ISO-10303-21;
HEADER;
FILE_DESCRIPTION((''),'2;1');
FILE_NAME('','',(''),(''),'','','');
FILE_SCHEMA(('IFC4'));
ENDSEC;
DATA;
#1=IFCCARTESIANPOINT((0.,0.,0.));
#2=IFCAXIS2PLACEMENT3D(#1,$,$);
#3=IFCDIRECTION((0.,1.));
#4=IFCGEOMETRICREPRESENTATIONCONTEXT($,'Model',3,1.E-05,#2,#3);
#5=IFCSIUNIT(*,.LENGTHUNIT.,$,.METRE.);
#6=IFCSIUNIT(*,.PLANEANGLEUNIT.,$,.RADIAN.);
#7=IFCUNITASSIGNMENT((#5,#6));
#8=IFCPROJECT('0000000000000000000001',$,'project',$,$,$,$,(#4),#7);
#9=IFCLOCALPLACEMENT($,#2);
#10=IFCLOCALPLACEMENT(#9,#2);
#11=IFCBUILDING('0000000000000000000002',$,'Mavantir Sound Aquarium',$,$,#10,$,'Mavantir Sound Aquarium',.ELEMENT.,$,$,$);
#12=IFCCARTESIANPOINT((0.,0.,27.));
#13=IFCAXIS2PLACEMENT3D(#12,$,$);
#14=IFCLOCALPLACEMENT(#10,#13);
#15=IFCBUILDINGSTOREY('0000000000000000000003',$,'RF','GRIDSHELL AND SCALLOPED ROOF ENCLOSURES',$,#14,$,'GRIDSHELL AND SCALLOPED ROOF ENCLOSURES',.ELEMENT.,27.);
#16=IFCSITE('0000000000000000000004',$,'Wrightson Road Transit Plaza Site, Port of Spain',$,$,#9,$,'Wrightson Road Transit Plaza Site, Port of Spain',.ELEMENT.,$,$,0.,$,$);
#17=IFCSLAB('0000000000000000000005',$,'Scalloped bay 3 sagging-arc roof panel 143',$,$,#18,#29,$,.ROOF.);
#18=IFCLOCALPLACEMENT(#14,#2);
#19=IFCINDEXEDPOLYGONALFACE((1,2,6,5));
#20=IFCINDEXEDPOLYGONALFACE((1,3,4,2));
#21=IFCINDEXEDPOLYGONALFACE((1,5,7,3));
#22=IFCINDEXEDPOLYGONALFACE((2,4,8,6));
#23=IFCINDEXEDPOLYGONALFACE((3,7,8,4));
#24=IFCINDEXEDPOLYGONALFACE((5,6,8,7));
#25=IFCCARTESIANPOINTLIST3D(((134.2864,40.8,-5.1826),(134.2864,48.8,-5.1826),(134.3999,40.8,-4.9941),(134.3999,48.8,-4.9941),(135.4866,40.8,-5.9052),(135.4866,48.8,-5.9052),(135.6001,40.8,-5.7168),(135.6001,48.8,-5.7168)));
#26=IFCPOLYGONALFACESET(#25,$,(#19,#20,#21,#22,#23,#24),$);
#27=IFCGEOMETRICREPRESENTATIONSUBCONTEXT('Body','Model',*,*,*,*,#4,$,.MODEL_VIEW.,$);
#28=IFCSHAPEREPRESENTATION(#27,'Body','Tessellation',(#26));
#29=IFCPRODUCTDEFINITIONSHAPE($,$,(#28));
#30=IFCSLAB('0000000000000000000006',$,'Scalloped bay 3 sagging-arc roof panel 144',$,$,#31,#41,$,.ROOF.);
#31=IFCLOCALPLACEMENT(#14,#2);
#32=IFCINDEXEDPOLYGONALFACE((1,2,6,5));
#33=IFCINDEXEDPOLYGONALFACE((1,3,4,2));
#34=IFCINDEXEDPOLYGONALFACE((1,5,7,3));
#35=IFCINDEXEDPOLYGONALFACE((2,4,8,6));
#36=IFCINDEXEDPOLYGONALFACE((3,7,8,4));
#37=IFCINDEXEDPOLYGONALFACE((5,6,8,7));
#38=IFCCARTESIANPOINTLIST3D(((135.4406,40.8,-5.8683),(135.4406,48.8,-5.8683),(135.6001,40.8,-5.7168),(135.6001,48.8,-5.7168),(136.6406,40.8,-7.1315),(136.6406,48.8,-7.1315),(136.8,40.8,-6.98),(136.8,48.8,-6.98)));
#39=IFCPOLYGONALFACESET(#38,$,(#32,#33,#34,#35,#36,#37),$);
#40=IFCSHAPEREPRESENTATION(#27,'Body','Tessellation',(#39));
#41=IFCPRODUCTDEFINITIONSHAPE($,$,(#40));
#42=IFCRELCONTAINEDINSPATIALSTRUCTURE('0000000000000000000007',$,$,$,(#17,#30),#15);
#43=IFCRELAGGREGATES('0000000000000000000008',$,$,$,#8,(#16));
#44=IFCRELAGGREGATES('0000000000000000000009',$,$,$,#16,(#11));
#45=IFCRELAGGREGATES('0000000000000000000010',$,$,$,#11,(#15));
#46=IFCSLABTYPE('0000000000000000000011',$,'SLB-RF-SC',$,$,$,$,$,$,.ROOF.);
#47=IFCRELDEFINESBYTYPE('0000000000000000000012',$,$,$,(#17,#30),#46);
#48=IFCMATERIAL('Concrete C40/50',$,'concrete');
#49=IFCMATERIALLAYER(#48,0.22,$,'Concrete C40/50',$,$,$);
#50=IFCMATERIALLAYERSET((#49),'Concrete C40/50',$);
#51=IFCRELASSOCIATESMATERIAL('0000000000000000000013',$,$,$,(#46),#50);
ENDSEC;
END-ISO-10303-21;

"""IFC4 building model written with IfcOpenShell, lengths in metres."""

from ifc_helpers import new_model, si_unit, direction, frame, origin, place, context, subcontext, project, spatial, polyline, outline, extrude, material, layer, layer_set, type_object, element, save


model = new_model("IFC4")

# Units and contexts
model_context = context("Model", 3, precision=1e-05, world=origin(), true_north=direction((0.0, 1.0)))
body_context = subcontext(model_context, "Body", "Model", "MODEL_VIEW")
ifc_project = project(units=[si_unit("LENGTHUNIT", "METRE"), si_unit("PLANEANGLEUNIT", "RADIAN")], contexts=[model_context])

# Site, building, storey
site_placement = place(None, origin())
site = spatial("IfcSite", under=ifc_project, at=site_placement, Name="Wrightson Road Transit Plaza Site, Port of Spain", LongName="Wrightson Road Transit Plaza Site, Port of Spain", CompositionType="ELEMENT", RefElevation=0.0)
building_placement = place(site_placement, origin())
building = spatial("IfcBuilding", under=site, at=building_placement, Name="Mavantir Sound Aquarium", LongName="Mavantir Sound Aquarium", CompositionType="ELEMENT")
storey_placement = place(building_placement, frame((0.0, 0.0, 27.0)))
storey = spatial("IfcBuildingStorey", under=building, at=storey_placement, Name="RF", Description="GRIDSHELL AND SCALLOPED ROOF ENCLOSURES", LongName="GRIDSHELL AND SCALLOPED ROOF ENCLOSURES", CompositionType="ELEMENT", Elevation=27.0)

# Shared definitions
ifc_material_1 = material(Name="Concrete C40/50", Category="concrete")

# Slabs
ifc_layer_1 = layer(ifc_material_1, 0.22, Name="Concrete C40/50")
ifc_layer_set_1 = layer_set([ifc_layer_1], Name="Concrete C40/50")
slab_type = type_object("IfcSlabType", Name="SLB-RF-SC", PredefinedType="ROOF", material=ifc_layer_set_1)
slab_1_placement = place(storey_placement, frame((134.3999, 40.8, -4.9941), z_axis=(0.515828, 0.0, 0.856692), x_axis=(0.856692, 0.0, -0.515828)))
element("IfcSlab", 1, at=slab_1_placement, inside=storey, type_object=slab_type, Name="Scalloped bay 3 sagging-arc roof panel 143", PredefinedType="ROOF", context=body_context, shape_type="SweptSolid", body=[
    extrude(outline(polyline([(0.0, 0.0), (1.401, 0.0), (1.401, 8.0), (0.0, 8.0), (0.0, 0.0)])), origin(), (0.0, 0.0, -1.0), 0.22),
])
slab_2_placement = place(storey_placement, frame((135.6001, 40.8, -5.7168), z_axis=(0.72502, 0.0, 0.688727), x_axis=(0.688727, 0.0, -0.72502)))
element("IfcSlab", 2, at=slab_2_placement, inside=storey, type_object=slab_type, Name="Scalloped bay 3 sagging-arc roof panel 144", PredefinedType="ROOF", context=body_context, shape_type="SweptSolid", body=[
    extrude(outline(polyline([(0.0, 0.0), (1.7423, 0.0), (1.7423, 8.0), (0.0, 8.0), (0.0, 0.0)])), origin(), (0.0, 0.0, -1.0), 0.22),
])

save(model, "model.ifc")
